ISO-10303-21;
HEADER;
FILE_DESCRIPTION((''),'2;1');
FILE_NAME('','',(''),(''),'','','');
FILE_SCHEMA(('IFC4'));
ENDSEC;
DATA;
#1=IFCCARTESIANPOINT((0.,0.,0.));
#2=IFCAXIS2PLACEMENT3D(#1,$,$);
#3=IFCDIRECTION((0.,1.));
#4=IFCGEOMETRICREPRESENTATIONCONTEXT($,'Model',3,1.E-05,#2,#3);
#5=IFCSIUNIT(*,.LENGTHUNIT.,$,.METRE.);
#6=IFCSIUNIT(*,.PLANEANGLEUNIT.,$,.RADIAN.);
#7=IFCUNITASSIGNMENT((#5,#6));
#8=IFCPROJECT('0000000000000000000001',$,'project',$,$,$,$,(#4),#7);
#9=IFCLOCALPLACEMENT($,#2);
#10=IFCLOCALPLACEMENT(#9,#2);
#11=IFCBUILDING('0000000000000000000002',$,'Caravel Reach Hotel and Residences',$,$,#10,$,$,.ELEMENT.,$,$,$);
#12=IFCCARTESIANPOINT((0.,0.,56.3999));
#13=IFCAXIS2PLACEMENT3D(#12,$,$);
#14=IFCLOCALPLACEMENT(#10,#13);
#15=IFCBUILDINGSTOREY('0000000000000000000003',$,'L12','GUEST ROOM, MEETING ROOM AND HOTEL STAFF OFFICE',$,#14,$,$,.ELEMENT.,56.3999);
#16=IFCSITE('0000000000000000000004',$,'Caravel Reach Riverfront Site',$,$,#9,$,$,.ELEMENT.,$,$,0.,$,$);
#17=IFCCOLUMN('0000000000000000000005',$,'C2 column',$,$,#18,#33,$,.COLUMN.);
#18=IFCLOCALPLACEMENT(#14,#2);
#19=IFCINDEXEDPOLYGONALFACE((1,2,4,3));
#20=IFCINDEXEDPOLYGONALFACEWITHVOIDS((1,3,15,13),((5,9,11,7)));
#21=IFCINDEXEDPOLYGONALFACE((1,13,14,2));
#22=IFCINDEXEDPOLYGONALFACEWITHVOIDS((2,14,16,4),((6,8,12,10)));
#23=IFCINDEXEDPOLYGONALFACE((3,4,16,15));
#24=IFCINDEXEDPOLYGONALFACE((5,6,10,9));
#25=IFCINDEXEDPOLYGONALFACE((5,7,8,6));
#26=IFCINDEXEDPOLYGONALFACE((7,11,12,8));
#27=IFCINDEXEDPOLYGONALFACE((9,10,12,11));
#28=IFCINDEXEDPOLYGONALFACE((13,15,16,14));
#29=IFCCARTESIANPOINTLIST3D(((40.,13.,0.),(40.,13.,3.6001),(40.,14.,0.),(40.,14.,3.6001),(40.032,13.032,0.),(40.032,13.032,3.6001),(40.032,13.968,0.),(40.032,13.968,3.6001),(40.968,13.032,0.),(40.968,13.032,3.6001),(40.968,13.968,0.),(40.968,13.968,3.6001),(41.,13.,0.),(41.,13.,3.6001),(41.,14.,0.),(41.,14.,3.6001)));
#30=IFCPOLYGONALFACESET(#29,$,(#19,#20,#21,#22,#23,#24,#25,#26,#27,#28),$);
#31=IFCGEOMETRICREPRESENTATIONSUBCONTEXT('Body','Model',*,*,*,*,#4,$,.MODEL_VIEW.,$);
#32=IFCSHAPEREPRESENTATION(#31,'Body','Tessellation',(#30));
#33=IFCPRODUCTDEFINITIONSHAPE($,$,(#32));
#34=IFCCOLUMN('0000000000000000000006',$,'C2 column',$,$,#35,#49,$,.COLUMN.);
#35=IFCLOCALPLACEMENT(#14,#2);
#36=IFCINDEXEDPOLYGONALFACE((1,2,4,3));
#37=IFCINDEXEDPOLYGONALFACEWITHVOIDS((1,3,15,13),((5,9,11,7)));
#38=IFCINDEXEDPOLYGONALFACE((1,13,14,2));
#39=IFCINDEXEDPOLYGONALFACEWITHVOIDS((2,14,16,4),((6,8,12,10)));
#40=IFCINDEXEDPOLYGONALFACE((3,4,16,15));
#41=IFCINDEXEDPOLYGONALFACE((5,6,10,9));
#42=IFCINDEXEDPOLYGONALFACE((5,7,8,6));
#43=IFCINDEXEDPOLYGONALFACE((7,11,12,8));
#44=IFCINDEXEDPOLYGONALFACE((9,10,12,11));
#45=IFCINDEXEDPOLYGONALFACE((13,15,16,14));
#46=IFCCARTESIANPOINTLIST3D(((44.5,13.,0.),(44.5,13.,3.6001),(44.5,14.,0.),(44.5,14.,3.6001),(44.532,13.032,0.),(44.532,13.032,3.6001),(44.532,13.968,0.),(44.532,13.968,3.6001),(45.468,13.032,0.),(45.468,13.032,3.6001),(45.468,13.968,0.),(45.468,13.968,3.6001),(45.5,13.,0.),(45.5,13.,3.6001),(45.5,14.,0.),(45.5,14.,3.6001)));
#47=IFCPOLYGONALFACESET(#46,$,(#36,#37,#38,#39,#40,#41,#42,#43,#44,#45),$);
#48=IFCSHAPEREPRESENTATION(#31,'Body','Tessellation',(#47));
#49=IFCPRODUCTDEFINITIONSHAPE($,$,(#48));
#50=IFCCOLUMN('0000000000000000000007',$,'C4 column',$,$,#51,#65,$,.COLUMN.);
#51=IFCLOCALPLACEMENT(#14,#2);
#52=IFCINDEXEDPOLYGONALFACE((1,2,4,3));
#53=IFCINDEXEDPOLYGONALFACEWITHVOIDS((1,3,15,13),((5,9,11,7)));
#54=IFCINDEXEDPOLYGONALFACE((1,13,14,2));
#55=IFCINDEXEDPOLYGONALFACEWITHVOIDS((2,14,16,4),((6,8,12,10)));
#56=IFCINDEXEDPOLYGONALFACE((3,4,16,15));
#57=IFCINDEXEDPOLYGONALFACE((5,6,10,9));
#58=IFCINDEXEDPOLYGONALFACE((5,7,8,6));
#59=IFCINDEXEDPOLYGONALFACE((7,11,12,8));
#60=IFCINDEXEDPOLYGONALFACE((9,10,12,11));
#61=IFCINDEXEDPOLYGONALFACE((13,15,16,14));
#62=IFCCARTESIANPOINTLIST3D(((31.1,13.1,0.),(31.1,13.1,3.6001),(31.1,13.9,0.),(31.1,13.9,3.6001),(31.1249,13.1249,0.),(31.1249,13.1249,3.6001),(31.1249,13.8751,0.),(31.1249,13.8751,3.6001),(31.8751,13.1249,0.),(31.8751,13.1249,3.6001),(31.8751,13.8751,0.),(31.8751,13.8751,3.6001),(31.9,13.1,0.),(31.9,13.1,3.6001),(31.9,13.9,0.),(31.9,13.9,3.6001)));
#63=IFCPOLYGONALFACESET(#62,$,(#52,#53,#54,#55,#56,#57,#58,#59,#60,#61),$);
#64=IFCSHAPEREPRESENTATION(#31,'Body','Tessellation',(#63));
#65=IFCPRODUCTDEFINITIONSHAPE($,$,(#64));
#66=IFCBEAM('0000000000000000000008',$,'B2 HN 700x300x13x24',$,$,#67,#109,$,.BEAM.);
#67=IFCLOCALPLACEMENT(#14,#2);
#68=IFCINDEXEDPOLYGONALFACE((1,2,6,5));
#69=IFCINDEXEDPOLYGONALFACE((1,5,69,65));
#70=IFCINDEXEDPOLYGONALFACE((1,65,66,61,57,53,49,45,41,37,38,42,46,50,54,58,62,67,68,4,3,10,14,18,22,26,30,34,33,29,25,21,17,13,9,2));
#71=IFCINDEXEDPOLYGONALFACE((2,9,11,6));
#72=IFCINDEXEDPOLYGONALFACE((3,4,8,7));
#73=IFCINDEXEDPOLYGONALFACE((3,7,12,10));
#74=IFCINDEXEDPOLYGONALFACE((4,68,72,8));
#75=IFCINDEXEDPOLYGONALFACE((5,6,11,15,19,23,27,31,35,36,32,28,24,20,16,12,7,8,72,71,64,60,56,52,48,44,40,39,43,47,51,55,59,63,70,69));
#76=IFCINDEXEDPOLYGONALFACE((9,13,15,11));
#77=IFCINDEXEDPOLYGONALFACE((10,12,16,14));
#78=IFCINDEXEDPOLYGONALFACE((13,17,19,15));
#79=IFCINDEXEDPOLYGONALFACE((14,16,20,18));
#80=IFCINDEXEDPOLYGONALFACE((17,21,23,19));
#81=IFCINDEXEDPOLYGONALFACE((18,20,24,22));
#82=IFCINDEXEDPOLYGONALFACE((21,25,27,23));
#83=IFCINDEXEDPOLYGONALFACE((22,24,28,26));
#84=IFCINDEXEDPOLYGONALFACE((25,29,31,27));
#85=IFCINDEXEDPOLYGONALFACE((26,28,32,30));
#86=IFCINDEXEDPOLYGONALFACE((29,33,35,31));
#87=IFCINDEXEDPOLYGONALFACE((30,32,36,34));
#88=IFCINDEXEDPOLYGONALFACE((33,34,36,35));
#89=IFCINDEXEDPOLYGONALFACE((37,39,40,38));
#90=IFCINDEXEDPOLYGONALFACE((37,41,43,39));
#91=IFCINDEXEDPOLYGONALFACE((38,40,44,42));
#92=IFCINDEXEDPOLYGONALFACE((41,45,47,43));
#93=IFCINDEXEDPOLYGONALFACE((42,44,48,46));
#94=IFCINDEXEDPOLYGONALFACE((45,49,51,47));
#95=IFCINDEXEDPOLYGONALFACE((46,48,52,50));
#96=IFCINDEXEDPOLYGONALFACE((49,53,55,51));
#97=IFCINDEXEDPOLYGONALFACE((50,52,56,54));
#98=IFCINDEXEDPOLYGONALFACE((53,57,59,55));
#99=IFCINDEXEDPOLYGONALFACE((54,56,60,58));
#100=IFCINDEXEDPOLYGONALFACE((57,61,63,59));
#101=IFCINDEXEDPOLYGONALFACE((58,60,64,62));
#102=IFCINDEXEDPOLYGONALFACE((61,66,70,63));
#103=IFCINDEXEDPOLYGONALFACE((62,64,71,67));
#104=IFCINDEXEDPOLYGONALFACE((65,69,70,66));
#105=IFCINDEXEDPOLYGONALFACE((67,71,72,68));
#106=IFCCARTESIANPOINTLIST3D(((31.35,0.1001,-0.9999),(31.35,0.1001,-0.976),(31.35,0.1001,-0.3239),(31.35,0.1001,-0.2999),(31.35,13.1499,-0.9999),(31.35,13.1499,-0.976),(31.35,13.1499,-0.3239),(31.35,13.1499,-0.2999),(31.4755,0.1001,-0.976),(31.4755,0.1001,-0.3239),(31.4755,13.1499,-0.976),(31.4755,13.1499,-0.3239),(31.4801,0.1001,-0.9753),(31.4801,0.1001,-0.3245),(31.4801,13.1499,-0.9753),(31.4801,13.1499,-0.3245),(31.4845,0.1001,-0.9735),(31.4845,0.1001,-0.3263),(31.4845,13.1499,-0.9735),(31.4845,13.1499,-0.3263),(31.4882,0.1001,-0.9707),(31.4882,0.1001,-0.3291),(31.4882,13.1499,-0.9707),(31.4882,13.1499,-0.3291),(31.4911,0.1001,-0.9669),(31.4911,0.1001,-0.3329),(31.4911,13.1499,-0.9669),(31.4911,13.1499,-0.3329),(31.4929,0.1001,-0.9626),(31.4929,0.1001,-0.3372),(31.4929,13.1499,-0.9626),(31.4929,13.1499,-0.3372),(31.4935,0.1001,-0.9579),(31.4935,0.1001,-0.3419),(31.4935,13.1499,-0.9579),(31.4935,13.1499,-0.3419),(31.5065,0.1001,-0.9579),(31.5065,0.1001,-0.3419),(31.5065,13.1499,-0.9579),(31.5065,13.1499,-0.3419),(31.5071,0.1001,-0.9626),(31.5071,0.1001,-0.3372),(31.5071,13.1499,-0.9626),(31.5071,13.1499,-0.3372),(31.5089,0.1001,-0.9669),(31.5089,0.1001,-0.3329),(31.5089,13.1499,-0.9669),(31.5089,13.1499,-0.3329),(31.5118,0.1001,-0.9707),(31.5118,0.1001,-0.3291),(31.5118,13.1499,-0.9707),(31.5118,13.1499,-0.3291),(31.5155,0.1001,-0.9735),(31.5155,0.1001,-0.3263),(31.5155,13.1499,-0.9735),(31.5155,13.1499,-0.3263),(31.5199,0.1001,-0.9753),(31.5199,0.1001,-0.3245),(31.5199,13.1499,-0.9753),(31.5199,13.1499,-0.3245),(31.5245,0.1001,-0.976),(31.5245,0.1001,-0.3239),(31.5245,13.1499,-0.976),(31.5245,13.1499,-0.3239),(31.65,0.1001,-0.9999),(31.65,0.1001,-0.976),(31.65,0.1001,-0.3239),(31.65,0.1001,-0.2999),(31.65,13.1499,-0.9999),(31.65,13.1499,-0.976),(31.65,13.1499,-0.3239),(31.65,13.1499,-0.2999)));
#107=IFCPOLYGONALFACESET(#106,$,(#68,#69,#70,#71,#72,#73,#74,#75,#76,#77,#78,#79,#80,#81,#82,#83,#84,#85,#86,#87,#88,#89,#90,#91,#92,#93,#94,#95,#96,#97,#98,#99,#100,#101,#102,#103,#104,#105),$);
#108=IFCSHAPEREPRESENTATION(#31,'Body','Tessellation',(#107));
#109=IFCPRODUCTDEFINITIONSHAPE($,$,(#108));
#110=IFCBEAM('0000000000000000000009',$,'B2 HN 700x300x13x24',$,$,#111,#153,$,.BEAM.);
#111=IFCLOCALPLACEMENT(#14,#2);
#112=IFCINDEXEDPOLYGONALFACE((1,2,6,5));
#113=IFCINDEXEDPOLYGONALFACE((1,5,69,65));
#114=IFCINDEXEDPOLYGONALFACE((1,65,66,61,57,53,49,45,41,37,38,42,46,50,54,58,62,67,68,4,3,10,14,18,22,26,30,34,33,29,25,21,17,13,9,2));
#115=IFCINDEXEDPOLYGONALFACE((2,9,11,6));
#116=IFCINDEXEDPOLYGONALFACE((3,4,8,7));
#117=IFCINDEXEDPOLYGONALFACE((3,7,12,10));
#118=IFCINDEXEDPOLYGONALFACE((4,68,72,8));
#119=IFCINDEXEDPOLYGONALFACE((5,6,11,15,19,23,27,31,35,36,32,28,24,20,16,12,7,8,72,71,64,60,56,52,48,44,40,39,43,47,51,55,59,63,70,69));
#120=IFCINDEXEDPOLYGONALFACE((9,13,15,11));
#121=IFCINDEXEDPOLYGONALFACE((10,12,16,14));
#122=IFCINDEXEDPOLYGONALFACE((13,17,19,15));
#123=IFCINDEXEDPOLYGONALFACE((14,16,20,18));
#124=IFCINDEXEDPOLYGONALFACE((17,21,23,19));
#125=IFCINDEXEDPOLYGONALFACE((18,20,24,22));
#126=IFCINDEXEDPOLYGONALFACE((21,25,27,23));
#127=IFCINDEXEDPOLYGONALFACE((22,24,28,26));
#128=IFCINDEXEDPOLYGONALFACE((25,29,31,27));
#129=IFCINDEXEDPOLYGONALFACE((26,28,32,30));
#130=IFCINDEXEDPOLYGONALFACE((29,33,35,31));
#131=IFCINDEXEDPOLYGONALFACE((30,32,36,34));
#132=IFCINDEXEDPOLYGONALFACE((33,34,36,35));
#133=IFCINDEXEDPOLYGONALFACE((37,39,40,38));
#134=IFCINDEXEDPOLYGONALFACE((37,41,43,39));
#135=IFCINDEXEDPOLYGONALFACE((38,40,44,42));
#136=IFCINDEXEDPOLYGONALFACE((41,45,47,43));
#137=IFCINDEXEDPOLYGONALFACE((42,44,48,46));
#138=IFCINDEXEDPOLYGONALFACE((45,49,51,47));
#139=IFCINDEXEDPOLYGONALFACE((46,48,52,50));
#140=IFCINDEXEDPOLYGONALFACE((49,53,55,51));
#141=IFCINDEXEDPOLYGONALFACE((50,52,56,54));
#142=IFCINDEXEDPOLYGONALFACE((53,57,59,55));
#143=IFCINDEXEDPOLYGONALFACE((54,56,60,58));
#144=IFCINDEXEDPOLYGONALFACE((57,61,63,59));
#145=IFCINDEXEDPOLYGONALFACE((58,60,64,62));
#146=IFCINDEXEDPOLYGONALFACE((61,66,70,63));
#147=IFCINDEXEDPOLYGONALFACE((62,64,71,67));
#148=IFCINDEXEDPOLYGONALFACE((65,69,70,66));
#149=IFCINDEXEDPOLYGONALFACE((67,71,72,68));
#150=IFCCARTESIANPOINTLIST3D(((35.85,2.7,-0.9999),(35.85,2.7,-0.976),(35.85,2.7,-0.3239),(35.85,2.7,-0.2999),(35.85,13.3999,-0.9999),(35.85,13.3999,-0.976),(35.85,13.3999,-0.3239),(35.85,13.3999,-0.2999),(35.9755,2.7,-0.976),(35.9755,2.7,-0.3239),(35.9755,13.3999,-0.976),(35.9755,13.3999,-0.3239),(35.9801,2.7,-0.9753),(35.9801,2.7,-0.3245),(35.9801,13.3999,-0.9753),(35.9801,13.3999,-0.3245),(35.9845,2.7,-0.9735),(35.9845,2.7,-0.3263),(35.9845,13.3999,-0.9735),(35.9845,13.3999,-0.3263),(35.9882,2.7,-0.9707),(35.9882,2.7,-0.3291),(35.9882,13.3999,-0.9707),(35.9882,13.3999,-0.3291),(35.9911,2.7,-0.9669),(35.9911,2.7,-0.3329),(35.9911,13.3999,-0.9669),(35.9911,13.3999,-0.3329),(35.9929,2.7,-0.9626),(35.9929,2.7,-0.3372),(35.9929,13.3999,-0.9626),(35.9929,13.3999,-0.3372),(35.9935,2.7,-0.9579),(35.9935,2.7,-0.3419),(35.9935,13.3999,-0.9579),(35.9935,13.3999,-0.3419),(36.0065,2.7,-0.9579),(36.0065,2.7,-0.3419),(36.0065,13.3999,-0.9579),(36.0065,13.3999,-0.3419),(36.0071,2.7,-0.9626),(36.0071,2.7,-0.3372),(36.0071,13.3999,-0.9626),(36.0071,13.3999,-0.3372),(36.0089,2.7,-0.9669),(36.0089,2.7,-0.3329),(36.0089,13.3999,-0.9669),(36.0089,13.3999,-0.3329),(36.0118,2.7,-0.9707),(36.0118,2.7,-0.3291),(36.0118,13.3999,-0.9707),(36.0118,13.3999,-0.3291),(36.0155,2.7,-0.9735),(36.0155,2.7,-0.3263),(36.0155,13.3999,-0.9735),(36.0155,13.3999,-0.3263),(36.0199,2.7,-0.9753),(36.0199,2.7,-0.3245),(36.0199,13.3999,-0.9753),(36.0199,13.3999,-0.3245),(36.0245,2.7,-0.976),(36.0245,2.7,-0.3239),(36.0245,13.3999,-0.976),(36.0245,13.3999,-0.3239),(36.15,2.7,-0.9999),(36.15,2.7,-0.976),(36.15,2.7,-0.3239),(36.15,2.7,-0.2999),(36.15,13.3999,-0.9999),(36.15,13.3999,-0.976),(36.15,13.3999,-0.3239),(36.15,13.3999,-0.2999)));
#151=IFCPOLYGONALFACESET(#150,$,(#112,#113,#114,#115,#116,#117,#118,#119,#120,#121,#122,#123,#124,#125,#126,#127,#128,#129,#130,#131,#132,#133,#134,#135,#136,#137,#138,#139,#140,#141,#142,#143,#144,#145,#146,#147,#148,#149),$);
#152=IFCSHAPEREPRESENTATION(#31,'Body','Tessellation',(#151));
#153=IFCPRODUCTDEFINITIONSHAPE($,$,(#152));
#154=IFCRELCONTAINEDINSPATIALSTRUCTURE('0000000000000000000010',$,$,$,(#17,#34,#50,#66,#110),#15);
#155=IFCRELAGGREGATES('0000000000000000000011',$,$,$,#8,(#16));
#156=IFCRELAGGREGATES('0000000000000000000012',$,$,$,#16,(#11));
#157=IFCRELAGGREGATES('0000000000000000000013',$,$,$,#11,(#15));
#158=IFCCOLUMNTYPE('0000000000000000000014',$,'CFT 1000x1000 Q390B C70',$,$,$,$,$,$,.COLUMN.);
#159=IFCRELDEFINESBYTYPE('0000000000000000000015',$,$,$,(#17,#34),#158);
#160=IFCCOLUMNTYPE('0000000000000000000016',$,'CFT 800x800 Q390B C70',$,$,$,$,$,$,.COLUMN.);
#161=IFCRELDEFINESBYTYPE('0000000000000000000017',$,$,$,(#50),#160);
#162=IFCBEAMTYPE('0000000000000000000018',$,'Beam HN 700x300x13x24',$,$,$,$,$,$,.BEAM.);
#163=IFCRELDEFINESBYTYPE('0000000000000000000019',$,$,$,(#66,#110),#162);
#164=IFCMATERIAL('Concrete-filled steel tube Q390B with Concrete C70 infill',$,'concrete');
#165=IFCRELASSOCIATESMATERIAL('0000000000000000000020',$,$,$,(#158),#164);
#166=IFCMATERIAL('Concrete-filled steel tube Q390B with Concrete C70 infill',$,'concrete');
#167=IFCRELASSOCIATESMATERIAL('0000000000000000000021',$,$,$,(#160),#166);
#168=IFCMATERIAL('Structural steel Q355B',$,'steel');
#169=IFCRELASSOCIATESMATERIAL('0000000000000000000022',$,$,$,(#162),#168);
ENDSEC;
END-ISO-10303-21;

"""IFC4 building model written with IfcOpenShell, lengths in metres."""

from ifc_helpers import new_model, si_unit, direction, frame, origin, origin_2d, place, context, subcontext, project, spatial, hollow_rectangle, i_section, extrude, material, material_profile, profile_set, type_object, element, save


model = new_model("IFC4")

# Units and contexts
model_context = context("Model", 3, precision=1e-05, world=origin(), true_north=direction((0.0, 1.0)))
body_context = subcontext(model_context, "Body", "Model", "MODEL_VIEW")
ifc_project = project(units=[si_unit("LENGTHUNIT", "METRE"), si_unit("PLANEANGLEUNIT", "RADIAN")], contexts=[model_context])

# Site, building, storey
site_placement = place(None, origin())
site = spatial("IfcSite", under=ifc_project, at=site_placement, Name="Caravel Reach Riverfront Site", CompositionType="ELEMENT", RefElevation=0.0)
building_placement = place(site_placement, origin())
building = spatial("IfcBuilding", under=site, at=building_placement, Name="Caravel Reach Hotel and Residences", CompositionType="ELEMENT")
storey_placement = place(building_placement, frame((0.0, 0.0, 56.3999)))
storey = spatial("IfcBuildingStorey", under=building, at=storey_placement, Name="L12", Description="GUEST ROOM, MEETING ROOM AND HOTEL STAFF OFFICE", CompositionType="ELEMENT", Elevation=56.3999)

# Columns
ifc_material_1 = material(Name="Concrete-filled steel tube Q390B with Concrete C70 infill", Category="concrete")
ifc_material_profile_1 = material_profile(ifc_material_1, hollow_rectangle(XDim=1.0, YDim=1.0, WallThickness=0.032, at=origin_2d()), Name="RHS 1000x1000x32")
ifc_profile_set_1 = profile_set([ifc_material_profile_1], Name="Concrete-filled steel tube Q390B with Concrete C70 infill")
column_type_1 = type_object("IfcColumnType", Name="CFT 1000x1000 Q390B C70", PredefinedType="COLUMN", material=ifc_profile_set_1)
for number, where, z_axis, x_axis, name in (
    (1, (40.5, 13.5, 0.0), (0.0, 0.0, 1.0), (1.0, 0.0, 0.0), "C2 column"),
    (2, (45.0, 13.5, 0.0), (0.0, 0.0, 1.0), (1.0, 0.0, 0.0), "C2 column"),
):
    element("IfcColumn", number, at=place(storey_placement, frame(where, z_axis=z_axis, x_axis=x_axis)), inside=storey, type_object=column_type_1, Name=name, PredefinedType="COLUMN", context=body_context, shape_type="SweptSolid", body=[
        extrude(hollow_rectangle(XDim=1.0, YDim=1.0, WallThickness=0.032, at=origin_2d()), origin(), (0.0, 0.0, 1.0), 3.6001),
    ])
ifc_material_2 = material(Name="Concrete-filled steel tube Q390B with Concrete C70 infill", Category="concrete")
ifc_material_profile_2 = material_profile(ifc_material_2, hollow_rectangle(XDim=0.8, YDim=0.8, WallThickness=0.0249, at=origin_2d()), Name="RHS 800x800x25")
ifc_profile_set_2 = profile_set([ifc_material_profile_2], Name="Concrete-filled steel tube Q390B with Concrete C70 infill")
column_type_2 = type_object("IfcColumnType", Name="CFT 800x800 Q390B C70", PredefinedType="COLUMN", material=ifc_profile_set_2)
column_placement = place(storey_placement, frame((31.5, 13.5, 0.0), z_axis=(0.0, 0.0, 1.0), x_axis=(1.0, 0.0, 0.0)))
element("IfcColumn", 3, at=column_placement, inside=storey, type_object=column_type_2, Name="C4 column", PredefinedType="COLUMN", context=body_context, shape_type="SweptSolid", body=[
    extrude(hollow_rectangle(XDim=0.8, YDim=0.8, WallThickness=0.0249, at=origin_2d()), origin(), (0.0, 0.0, 1.0), 3.6001),
])

# Beams
ifc_material_3 = material(Name="Structural steel Q355B", Category="steel")
ifc_material_profile_3 = material_profile(ifc_material_3, i_section(OverallWidth=0.3, OverallDepth=0.7, WebThickness=0.0129, FlangeThickness=0.0239, FilletRadius=0.0181, at=origin_2d()), Name="HN 700x300x13x24")
ifc_profile_set_3 = profile_set([ifc_material_profile_3], Name="Structural steel Q355B")
beam_type_1 = type_object("IfcBeamType", Name="Beam HN 700x300x13x24", PredefinedType="BEAM", material=ifc_profile_set_3)
beam_1_placement = place(storey_placement, frame((31.5, 13.1499, -0.6499), z_axis=(0.0, -1.0, 0.0), x_axis=(1.0, 0.0, 0.0)))
element("IfcBeam", 4, at=beam_1_placement, inside=storey, type_object=beam_type_1, Name="B2 HN 700x300x13x24", PredefinedType="BEAM", context=body_context, shape_type="SweptSolid", body=[
    extrude(i_section(OverallWidth=0.3, OverallDepth=0.7, WebThickness=0.0129, FlangeThickness=0.0239, FilletRadius=0.0181, at=origin_2d()), origin(), (0.0, 0.0, 1.0), 13.0498),
])
beam_2_placement = place(storey_placement, frame((36.0, 13.3999, -0.6499), z_axis=(0.0, -1.0, 0.0), x_axis=(1.0, 0.0, 0.0)))
element("IfcBeam", 5, at=beam_2_placement, inside=storey, type_object=beam_type_1, Name="B2 HN 700x300x13x24", PredefinedType="BEAM", context=body_context, shape_type="SweptSolid", body=[
    extrude(i_section(OverallWidth=0.3, OverallDepth=0.7, WebThickness=0.0129, FlangeThickness=0.0239, FilletRadius=0.0181, at=origin_2d()), origin(), (0.0, 0.0, 1.0), 10.7),
])

save(model, "model.ifc")
